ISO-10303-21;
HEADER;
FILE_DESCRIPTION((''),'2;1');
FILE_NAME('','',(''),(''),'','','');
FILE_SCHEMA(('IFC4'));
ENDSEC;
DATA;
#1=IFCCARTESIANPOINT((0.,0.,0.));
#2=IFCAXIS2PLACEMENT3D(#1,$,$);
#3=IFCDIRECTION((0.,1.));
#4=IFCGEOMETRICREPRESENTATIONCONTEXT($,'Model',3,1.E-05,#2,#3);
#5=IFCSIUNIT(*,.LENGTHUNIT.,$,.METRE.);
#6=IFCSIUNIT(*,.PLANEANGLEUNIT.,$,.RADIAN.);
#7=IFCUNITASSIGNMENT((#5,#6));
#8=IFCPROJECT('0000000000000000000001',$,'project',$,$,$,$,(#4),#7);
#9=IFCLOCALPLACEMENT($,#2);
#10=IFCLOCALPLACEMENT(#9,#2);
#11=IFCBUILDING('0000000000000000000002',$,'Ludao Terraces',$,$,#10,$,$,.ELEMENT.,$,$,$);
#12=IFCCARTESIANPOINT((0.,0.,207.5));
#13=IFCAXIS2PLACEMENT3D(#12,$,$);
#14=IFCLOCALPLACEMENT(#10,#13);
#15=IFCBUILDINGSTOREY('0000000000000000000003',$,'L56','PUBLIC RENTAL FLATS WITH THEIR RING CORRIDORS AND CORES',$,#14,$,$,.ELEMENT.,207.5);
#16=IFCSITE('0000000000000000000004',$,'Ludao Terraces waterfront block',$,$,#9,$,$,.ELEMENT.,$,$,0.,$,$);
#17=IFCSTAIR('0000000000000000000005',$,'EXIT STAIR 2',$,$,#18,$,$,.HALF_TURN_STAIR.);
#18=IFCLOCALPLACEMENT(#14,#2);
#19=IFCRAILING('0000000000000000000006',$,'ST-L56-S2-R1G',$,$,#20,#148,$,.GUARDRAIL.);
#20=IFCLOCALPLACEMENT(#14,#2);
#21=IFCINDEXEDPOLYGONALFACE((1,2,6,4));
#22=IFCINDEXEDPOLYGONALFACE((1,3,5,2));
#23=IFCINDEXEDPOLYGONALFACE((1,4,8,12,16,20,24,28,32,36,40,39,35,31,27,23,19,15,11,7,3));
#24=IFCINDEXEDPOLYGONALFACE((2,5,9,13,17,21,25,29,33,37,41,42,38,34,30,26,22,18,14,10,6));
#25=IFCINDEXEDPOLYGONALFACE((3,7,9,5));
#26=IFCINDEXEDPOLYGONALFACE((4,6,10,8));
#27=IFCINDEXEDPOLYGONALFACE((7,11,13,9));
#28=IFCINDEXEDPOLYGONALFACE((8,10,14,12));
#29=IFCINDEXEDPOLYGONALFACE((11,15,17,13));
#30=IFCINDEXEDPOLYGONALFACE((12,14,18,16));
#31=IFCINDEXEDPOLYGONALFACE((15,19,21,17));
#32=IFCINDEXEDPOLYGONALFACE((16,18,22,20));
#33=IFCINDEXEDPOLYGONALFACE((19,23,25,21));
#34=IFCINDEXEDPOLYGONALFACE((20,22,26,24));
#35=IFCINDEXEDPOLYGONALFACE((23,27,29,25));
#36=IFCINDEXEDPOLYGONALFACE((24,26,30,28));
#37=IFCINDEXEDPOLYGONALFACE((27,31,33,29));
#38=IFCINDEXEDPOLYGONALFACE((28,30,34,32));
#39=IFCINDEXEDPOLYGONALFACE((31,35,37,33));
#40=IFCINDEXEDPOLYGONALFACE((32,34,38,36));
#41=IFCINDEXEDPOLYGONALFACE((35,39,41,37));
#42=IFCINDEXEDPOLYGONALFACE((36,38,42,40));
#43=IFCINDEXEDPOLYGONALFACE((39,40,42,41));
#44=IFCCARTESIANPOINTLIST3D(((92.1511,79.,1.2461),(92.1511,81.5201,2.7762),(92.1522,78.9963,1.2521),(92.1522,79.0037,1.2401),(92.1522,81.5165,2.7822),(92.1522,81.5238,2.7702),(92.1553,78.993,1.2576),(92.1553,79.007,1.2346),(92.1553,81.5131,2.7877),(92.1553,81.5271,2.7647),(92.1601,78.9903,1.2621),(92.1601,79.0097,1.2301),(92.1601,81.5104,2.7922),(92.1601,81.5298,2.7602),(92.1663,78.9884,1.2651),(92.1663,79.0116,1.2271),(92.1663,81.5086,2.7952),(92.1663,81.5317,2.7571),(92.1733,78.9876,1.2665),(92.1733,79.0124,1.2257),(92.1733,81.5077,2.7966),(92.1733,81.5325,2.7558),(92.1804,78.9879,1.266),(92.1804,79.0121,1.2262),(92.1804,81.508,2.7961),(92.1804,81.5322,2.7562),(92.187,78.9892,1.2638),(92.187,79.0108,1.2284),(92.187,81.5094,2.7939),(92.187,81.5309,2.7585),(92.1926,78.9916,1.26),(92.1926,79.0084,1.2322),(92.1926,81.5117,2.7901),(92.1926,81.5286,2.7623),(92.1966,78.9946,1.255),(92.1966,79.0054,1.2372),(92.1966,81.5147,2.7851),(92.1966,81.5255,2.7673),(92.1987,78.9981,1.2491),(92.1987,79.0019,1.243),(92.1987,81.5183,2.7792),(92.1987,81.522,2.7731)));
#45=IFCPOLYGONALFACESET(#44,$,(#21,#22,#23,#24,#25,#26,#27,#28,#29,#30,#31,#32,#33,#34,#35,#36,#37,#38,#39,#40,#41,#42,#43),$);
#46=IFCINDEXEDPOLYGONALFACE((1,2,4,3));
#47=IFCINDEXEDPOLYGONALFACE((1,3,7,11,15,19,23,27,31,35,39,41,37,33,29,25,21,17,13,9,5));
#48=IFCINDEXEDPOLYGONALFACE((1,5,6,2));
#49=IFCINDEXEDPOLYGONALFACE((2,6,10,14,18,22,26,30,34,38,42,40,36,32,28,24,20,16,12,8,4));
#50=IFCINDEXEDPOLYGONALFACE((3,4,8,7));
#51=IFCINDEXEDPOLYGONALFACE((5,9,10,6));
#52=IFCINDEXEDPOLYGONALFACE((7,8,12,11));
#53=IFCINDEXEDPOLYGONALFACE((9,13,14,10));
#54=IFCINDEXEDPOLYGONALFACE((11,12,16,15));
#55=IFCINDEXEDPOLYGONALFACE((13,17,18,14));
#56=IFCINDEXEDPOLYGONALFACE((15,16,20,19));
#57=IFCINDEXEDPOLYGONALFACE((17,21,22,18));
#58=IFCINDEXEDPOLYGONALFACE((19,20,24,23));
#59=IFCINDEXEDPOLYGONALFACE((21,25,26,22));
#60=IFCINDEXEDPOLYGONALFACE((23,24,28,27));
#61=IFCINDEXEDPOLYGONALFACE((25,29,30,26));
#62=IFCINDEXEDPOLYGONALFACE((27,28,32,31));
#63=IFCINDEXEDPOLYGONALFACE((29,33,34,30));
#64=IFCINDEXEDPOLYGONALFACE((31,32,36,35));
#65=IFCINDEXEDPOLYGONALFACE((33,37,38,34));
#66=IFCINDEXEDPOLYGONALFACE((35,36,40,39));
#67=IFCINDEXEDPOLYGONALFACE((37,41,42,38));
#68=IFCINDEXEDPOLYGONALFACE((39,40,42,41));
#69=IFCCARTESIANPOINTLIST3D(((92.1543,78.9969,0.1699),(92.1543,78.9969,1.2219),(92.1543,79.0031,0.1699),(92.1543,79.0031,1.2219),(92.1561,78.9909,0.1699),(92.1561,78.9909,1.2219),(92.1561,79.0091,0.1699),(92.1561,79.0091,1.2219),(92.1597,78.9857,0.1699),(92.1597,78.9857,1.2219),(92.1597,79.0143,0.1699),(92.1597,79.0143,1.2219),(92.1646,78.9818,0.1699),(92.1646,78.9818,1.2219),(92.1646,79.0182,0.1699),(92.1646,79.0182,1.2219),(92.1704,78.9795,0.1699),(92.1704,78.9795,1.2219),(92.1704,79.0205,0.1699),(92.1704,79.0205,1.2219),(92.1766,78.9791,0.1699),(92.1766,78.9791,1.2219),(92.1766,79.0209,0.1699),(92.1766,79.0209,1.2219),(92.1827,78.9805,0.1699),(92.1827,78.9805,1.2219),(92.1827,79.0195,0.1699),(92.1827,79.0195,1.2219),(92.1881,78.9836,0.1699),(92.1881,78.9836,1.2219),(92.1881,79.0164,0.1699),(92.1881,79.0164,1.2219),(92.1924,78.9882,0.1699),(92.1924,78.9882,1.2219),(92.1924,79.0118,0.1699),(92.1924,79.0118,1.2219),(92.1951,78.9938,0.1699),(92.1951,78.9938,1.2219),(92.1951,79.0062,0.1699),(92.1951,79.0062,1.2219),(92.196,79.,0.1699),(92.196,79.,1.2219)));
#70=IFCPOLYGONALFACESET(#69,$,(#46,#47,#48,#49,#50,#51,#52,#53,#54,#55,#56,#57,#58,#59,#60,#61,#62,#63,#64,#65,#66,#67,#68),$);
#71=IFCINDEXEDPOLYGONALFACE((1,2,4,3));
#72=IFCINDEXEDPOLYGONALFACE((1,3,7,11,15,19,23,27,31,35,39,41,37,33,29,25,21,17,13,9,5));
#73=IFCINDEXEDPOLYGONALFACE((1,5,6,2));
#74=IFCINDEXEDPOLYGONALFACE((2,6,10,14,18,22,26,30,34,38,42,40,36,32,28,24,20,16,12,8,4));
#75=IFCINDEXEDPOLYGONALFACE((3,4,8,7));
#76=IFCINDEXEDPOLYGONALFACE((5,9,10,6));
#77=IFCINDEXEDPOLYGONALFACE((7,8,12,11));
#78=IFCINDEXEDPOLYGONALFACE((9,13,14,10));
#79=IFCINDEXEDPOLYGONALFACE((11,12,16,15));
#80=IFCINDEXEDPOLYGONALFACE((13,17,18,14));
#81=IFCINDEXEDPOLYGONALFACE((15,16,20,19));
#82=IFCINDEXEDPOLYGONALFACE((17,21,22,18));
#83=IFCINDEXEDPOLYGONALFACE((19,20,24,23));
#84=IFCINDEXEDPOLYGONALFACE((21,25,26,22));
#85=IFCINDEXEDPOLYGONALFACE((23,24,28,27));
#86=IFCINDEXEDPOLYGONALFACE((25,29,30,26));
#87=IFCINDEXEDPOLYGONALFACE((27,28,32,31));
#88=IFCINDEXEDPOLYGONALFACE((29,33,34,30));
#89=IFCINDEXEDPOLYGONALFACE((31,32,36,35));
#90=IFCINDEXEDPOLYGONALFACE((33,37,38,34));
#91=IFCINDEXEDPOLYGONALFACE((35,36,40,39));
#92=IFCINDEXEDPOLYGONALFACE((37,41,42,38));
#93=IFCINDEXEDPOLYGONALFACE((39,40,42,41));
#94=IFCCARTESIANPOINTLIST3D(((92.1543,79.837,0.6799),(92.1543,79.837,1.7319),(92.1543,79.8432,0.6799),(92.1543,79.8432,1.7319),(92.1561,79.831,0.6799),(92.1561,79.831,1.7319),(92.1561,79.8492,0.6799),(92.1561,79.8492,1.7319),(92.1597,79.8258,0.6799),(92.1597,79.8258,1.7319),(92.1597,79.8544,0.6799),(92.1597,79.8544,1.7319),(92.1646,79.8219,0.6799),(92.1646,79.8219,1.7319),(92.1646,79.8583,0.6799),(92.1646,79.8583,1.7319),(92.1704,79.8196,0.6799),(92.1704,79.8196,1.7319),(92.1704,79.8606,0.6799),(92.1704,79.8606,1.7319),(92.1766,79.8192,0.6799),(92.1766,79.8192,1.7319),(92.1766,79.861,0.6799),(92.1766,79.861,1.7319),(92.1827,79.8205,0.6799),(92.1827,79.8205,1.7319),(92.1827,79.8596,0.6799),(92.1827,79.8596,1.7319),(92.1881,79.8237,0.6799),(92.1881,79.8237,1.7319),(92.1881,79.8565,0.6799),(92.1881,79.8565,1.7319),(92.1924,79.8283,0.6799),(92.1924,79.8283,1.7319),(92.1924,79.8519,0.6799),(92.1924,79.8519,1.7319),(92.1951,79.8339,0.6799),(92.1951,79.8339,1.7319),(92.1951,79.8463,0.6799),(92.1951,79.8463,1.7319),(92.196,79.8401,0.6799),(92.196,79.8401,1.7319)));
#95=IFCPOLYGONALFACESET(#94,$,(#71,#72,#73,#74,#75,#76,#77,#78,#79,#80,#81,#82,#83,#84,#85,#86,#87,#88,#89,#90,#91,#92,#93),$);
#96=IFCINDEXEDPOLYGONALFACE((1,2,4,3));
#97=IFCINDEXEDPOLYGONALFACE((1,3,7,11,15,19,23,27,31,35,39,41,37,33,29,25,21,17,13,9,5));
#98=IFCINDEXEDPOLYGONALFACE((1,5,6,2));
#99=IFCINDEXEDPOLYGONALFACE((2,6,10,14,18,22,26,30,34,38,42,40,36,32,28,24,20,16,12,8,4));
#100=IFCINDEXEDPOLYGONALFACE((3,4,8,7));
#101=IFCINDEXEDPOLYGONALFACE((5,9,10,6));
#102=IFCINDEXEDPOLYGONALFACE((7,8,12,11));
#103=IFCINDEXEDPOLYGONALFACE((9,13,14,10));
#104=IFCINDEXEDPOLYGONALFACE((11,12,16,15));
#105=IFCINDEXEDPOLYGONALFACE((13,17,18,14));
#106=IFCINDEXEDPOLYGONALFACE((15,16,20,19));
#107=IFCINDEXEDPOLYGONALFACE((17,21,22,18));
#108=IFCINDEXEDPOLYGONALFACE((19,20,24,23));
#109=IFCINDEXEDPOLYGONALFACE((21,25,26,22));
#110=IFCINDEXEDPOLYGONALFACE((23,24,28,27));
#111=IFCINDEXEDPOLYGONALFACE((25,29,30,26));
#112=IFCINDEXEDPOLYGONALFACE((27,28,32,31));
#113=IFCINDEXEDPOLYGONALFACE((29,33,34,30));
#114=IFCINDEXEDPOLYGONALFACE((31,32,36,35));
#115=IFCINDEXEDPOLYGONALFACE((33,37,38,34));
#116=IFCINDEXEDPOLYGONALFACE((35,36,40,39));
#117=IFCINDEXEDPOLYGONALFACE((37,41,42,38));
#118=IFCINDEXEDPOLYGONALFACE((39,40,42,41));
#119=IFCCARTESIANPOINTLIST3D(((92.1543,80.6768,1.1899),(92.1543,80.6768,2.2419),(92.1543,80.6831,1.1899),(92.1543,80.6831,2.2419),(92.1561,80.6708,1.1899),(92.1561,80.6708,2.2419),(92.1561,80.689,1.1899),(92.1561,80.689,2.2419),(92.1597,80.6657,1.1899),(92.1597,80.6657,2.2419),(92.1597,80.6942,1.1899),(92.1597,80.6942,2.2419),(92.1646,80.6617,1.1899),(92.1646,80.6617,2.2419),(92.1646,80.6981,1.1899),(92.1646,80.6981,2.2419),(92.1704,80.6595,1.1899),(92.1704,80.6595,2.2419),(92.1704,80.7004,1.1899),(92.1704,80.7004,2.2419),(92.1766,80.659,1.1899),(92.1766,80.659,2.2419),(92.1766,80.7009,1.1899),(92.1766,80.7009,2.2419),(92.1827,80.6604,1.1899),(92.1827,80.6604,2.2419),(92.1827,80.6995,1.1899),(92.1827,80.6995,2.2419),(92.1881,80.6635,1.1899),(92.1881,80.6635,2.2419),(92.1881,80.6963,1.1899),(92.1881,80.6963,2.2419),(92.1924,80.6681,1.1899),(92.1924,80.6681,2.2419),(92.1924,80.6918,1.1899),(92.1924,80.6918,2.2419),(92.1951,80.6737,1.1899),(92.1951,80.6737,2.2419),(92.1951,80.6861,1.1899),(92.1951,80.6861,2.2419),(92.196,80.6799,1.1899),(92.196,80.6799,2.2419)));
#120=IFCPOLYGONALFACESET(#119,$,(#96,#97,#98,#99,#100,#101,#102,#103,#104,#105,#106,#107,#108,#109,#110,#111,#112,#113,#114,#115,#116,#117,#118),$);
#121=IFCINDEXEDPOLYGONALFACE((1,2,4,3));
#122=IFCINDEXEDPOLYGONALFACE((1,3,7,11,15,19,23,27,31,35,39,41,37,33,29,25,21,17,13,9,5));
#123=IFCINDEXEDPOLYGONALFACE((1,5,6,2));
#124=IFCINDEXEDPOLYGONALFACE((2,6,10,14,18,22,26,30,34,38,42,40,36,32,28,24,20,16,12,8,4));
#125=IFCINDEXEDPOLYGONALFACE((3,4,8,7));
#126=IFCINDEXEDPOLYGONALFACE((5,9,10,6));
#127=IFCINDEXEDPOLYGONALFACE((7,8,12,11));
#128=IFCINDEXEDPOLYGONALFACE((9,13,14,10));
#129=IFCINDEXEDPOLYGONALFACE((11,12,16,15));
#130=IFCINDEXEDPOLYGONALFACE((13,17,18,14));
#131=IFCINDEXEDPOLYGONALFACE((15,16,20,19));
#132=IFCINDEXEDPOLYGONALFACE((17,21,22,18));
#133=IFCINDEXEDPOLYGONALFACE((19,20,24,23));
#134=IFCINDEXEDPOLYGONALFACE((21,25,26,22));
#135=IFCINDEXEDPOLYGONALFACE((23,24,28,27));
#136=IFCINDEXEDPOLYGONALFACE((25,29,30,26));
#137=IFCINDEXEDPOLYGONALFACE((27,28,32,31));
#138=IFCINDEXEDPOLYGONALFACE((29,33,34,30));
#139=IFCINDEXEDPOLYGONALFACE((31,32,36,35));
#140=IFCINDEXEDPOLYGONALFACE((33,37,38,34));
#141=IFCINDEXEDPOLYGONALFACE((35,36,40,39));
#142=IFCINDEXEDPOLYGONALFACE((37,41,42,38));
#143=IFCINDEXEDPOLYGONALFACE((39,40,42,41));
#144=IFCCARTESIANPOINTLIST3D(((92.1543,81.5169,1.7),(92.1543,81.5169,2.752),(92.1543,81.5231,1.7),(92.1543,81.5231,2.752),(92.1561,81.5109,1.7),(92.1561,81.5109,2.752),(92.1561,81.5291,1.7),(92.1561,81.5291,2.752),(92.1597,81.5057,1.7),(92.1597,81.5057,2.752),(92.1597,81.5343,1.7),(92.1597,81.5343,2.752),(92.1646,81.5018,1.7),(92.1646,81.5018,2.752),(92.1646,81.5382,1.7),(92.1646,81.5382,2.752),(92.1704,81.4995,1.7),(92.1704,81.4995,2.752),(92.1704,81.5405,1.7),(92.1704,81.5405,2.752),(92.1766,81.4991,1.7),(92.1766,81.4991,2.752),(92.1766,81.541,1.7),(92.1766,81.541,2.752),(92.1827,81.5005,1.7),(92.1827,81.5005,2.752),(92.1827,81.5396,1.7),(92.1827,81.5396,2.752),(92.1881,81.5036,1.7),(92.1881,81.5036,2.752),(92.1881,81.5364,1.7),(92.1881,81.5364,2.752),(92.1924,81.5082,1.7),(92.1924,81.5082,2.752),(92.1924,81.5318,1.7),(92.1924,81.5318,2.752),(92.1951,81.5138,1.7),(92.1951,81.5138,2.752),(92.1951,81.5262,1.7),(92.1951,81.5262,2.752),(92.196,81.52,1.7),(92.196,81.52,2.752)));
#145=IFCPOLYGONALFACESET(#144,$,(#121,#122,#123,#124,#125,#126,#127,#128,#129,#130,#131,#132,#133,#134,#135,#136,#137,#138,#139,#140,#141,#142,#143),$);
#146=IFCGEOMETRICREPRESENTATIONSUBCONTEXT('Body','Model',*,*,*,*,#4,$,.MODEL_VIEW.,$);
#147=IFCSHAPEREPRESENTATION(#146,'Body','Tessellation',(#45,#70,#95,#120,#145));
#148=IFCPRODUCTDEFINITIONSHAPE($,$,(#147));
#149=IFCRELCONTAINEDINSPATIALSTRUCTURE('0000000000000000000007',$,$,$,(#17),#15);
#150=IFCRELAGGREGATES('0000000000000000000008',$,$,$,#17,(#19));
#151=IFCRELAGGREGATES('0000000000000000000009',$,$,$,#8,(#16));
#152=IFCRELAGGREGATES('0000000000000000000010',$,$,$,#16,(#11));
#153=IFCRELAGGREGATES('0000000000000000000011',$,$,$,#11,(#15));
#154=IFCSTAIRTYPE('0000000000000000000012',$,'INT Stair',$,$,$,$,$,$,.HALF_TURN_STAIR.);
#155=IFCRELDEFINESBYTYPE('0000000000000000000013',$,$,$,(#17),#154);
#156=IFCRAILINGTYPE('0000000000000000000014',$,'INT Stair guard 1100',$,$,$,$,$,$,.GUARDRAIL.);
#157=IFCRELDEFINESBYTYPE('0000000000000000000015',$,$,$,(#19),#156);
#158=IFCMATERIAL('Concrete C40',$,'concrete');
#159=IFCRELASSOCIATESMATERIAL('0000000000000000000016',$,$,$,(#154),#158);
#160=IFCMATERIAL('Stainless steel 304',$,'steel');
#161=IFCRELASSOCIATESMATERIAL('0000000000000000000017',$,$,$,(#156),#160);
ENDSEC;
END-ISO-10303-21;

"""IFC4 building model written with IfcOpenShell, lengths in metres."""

from ifc_helpers import new_model, si_unit, direction, frame, origin, origin_2d, place, context, subcontext, project, spatial, circle, extrude, material, type_object, element, aggregate, save


model = new_model("IFC4")

# Units and contexts
model_context = context("Model", 3, precision=1e-05, world=origin(), true_north=direction((0.0, 1.0)))
body_context = subcontext(model_context, "Body", "Model", "MODEL_VIEW")
ifc_project = project(units=[si_unit("LENGTHUNIT", "METRE"), si_unit("PLANEANGLEUNIT", "RADIAN")], contexts=[model_context])

# Site, building, storey
site_placement = place(None, origin())
site = spatial("IfcSite", under=ifc_project, at=site_placement, Name="Ludao Terraces waterfront block", CompositionType="ELEMENT", RefElevation=0.0)
building_placement = place(site_placement, origin())
building = spatial("IfcBuilding", under=site, at=building_placement, Name="Ludao Terraces", CompositionType="ELEMENT")
storey_placement = place(building_placement, frame((0.0, 0.0, 207.5)))
storey = spatial("IfcBuildingStorey", under=building, at=storey_placement, Name="L56", Description="PUBLIC RENTAL FLATS WITH THEIR RING CORRIDORS AND CORES", CompositionType="ELEMENT", Elevation=207.5)

# Stair, railing
ifc_material_1 = material(Name="Concrete C40", Category="concrete")
stair_type = type_object("IfcStairType", Name="INT Stair", PredefinedType="HALF_TURN_STAIR", material=ifc_material_1)
stair_placement = place(storey_placement, origin())
stair = element("IfcStair", 1, at=stair_placement, inside=storey, type_object=stair_type, Name="EXIT STAIR 2", PredefinedType="HALF_TURN_STAIR")
ifc_material_2 = material(Name="Stainless steel 304", Category="steel")
railing_type_1 = type_object("IfcRailingType", Name="INT Stair guard 1100", PredefinedType="GUARDRAIL", material=ifc_material_2)
railing_1_placement = place(storey_placement, frame((92.175, 79.0, 0.1699)))
railing_1 = element("IfcRailing", 2, at=railing_1_placement, type_object=railing_type_1, Name="ST-L56-S2-R1G", PredefinedType="GUARDRAIL", context=body_context, shape_type="SweptSolid", body=[
    extrude(circle(Radius=0.0239, at=origin_2d()), frame((0.0, 0.0, 1.0762), z_axis=(0.0, 0.854785, 0.518982), x_axis=(-1.0, 0.0, 0.0)), (0.0, 0.0, 1.0), 2.9482),
    extrude(circle(Radius=0.021, at=origin_2d()), origin(), (0.0, 0.0, 1.0), 1.052),
    extrude(circle(Radius=0.021, at=origin_2d()), frame((0.0, 0.8401, 0.51)), (0.0, 0.0, 1.0), 1.052),
    extrude(circle(Radius=0.021, at=origin_2d()), frame((0.0, 1.6799, 1.02)), (0.0, 0.0, 1.0), 1.052),
    extrude(circle(Radius=0.021, at=origin_2d()), frame((0.0, 2.52, 1.53)), (0.0, 0.0, 1.0), 1.052),
])
aggregate(stair, [railing_1])

save(model, "model.ifc")
